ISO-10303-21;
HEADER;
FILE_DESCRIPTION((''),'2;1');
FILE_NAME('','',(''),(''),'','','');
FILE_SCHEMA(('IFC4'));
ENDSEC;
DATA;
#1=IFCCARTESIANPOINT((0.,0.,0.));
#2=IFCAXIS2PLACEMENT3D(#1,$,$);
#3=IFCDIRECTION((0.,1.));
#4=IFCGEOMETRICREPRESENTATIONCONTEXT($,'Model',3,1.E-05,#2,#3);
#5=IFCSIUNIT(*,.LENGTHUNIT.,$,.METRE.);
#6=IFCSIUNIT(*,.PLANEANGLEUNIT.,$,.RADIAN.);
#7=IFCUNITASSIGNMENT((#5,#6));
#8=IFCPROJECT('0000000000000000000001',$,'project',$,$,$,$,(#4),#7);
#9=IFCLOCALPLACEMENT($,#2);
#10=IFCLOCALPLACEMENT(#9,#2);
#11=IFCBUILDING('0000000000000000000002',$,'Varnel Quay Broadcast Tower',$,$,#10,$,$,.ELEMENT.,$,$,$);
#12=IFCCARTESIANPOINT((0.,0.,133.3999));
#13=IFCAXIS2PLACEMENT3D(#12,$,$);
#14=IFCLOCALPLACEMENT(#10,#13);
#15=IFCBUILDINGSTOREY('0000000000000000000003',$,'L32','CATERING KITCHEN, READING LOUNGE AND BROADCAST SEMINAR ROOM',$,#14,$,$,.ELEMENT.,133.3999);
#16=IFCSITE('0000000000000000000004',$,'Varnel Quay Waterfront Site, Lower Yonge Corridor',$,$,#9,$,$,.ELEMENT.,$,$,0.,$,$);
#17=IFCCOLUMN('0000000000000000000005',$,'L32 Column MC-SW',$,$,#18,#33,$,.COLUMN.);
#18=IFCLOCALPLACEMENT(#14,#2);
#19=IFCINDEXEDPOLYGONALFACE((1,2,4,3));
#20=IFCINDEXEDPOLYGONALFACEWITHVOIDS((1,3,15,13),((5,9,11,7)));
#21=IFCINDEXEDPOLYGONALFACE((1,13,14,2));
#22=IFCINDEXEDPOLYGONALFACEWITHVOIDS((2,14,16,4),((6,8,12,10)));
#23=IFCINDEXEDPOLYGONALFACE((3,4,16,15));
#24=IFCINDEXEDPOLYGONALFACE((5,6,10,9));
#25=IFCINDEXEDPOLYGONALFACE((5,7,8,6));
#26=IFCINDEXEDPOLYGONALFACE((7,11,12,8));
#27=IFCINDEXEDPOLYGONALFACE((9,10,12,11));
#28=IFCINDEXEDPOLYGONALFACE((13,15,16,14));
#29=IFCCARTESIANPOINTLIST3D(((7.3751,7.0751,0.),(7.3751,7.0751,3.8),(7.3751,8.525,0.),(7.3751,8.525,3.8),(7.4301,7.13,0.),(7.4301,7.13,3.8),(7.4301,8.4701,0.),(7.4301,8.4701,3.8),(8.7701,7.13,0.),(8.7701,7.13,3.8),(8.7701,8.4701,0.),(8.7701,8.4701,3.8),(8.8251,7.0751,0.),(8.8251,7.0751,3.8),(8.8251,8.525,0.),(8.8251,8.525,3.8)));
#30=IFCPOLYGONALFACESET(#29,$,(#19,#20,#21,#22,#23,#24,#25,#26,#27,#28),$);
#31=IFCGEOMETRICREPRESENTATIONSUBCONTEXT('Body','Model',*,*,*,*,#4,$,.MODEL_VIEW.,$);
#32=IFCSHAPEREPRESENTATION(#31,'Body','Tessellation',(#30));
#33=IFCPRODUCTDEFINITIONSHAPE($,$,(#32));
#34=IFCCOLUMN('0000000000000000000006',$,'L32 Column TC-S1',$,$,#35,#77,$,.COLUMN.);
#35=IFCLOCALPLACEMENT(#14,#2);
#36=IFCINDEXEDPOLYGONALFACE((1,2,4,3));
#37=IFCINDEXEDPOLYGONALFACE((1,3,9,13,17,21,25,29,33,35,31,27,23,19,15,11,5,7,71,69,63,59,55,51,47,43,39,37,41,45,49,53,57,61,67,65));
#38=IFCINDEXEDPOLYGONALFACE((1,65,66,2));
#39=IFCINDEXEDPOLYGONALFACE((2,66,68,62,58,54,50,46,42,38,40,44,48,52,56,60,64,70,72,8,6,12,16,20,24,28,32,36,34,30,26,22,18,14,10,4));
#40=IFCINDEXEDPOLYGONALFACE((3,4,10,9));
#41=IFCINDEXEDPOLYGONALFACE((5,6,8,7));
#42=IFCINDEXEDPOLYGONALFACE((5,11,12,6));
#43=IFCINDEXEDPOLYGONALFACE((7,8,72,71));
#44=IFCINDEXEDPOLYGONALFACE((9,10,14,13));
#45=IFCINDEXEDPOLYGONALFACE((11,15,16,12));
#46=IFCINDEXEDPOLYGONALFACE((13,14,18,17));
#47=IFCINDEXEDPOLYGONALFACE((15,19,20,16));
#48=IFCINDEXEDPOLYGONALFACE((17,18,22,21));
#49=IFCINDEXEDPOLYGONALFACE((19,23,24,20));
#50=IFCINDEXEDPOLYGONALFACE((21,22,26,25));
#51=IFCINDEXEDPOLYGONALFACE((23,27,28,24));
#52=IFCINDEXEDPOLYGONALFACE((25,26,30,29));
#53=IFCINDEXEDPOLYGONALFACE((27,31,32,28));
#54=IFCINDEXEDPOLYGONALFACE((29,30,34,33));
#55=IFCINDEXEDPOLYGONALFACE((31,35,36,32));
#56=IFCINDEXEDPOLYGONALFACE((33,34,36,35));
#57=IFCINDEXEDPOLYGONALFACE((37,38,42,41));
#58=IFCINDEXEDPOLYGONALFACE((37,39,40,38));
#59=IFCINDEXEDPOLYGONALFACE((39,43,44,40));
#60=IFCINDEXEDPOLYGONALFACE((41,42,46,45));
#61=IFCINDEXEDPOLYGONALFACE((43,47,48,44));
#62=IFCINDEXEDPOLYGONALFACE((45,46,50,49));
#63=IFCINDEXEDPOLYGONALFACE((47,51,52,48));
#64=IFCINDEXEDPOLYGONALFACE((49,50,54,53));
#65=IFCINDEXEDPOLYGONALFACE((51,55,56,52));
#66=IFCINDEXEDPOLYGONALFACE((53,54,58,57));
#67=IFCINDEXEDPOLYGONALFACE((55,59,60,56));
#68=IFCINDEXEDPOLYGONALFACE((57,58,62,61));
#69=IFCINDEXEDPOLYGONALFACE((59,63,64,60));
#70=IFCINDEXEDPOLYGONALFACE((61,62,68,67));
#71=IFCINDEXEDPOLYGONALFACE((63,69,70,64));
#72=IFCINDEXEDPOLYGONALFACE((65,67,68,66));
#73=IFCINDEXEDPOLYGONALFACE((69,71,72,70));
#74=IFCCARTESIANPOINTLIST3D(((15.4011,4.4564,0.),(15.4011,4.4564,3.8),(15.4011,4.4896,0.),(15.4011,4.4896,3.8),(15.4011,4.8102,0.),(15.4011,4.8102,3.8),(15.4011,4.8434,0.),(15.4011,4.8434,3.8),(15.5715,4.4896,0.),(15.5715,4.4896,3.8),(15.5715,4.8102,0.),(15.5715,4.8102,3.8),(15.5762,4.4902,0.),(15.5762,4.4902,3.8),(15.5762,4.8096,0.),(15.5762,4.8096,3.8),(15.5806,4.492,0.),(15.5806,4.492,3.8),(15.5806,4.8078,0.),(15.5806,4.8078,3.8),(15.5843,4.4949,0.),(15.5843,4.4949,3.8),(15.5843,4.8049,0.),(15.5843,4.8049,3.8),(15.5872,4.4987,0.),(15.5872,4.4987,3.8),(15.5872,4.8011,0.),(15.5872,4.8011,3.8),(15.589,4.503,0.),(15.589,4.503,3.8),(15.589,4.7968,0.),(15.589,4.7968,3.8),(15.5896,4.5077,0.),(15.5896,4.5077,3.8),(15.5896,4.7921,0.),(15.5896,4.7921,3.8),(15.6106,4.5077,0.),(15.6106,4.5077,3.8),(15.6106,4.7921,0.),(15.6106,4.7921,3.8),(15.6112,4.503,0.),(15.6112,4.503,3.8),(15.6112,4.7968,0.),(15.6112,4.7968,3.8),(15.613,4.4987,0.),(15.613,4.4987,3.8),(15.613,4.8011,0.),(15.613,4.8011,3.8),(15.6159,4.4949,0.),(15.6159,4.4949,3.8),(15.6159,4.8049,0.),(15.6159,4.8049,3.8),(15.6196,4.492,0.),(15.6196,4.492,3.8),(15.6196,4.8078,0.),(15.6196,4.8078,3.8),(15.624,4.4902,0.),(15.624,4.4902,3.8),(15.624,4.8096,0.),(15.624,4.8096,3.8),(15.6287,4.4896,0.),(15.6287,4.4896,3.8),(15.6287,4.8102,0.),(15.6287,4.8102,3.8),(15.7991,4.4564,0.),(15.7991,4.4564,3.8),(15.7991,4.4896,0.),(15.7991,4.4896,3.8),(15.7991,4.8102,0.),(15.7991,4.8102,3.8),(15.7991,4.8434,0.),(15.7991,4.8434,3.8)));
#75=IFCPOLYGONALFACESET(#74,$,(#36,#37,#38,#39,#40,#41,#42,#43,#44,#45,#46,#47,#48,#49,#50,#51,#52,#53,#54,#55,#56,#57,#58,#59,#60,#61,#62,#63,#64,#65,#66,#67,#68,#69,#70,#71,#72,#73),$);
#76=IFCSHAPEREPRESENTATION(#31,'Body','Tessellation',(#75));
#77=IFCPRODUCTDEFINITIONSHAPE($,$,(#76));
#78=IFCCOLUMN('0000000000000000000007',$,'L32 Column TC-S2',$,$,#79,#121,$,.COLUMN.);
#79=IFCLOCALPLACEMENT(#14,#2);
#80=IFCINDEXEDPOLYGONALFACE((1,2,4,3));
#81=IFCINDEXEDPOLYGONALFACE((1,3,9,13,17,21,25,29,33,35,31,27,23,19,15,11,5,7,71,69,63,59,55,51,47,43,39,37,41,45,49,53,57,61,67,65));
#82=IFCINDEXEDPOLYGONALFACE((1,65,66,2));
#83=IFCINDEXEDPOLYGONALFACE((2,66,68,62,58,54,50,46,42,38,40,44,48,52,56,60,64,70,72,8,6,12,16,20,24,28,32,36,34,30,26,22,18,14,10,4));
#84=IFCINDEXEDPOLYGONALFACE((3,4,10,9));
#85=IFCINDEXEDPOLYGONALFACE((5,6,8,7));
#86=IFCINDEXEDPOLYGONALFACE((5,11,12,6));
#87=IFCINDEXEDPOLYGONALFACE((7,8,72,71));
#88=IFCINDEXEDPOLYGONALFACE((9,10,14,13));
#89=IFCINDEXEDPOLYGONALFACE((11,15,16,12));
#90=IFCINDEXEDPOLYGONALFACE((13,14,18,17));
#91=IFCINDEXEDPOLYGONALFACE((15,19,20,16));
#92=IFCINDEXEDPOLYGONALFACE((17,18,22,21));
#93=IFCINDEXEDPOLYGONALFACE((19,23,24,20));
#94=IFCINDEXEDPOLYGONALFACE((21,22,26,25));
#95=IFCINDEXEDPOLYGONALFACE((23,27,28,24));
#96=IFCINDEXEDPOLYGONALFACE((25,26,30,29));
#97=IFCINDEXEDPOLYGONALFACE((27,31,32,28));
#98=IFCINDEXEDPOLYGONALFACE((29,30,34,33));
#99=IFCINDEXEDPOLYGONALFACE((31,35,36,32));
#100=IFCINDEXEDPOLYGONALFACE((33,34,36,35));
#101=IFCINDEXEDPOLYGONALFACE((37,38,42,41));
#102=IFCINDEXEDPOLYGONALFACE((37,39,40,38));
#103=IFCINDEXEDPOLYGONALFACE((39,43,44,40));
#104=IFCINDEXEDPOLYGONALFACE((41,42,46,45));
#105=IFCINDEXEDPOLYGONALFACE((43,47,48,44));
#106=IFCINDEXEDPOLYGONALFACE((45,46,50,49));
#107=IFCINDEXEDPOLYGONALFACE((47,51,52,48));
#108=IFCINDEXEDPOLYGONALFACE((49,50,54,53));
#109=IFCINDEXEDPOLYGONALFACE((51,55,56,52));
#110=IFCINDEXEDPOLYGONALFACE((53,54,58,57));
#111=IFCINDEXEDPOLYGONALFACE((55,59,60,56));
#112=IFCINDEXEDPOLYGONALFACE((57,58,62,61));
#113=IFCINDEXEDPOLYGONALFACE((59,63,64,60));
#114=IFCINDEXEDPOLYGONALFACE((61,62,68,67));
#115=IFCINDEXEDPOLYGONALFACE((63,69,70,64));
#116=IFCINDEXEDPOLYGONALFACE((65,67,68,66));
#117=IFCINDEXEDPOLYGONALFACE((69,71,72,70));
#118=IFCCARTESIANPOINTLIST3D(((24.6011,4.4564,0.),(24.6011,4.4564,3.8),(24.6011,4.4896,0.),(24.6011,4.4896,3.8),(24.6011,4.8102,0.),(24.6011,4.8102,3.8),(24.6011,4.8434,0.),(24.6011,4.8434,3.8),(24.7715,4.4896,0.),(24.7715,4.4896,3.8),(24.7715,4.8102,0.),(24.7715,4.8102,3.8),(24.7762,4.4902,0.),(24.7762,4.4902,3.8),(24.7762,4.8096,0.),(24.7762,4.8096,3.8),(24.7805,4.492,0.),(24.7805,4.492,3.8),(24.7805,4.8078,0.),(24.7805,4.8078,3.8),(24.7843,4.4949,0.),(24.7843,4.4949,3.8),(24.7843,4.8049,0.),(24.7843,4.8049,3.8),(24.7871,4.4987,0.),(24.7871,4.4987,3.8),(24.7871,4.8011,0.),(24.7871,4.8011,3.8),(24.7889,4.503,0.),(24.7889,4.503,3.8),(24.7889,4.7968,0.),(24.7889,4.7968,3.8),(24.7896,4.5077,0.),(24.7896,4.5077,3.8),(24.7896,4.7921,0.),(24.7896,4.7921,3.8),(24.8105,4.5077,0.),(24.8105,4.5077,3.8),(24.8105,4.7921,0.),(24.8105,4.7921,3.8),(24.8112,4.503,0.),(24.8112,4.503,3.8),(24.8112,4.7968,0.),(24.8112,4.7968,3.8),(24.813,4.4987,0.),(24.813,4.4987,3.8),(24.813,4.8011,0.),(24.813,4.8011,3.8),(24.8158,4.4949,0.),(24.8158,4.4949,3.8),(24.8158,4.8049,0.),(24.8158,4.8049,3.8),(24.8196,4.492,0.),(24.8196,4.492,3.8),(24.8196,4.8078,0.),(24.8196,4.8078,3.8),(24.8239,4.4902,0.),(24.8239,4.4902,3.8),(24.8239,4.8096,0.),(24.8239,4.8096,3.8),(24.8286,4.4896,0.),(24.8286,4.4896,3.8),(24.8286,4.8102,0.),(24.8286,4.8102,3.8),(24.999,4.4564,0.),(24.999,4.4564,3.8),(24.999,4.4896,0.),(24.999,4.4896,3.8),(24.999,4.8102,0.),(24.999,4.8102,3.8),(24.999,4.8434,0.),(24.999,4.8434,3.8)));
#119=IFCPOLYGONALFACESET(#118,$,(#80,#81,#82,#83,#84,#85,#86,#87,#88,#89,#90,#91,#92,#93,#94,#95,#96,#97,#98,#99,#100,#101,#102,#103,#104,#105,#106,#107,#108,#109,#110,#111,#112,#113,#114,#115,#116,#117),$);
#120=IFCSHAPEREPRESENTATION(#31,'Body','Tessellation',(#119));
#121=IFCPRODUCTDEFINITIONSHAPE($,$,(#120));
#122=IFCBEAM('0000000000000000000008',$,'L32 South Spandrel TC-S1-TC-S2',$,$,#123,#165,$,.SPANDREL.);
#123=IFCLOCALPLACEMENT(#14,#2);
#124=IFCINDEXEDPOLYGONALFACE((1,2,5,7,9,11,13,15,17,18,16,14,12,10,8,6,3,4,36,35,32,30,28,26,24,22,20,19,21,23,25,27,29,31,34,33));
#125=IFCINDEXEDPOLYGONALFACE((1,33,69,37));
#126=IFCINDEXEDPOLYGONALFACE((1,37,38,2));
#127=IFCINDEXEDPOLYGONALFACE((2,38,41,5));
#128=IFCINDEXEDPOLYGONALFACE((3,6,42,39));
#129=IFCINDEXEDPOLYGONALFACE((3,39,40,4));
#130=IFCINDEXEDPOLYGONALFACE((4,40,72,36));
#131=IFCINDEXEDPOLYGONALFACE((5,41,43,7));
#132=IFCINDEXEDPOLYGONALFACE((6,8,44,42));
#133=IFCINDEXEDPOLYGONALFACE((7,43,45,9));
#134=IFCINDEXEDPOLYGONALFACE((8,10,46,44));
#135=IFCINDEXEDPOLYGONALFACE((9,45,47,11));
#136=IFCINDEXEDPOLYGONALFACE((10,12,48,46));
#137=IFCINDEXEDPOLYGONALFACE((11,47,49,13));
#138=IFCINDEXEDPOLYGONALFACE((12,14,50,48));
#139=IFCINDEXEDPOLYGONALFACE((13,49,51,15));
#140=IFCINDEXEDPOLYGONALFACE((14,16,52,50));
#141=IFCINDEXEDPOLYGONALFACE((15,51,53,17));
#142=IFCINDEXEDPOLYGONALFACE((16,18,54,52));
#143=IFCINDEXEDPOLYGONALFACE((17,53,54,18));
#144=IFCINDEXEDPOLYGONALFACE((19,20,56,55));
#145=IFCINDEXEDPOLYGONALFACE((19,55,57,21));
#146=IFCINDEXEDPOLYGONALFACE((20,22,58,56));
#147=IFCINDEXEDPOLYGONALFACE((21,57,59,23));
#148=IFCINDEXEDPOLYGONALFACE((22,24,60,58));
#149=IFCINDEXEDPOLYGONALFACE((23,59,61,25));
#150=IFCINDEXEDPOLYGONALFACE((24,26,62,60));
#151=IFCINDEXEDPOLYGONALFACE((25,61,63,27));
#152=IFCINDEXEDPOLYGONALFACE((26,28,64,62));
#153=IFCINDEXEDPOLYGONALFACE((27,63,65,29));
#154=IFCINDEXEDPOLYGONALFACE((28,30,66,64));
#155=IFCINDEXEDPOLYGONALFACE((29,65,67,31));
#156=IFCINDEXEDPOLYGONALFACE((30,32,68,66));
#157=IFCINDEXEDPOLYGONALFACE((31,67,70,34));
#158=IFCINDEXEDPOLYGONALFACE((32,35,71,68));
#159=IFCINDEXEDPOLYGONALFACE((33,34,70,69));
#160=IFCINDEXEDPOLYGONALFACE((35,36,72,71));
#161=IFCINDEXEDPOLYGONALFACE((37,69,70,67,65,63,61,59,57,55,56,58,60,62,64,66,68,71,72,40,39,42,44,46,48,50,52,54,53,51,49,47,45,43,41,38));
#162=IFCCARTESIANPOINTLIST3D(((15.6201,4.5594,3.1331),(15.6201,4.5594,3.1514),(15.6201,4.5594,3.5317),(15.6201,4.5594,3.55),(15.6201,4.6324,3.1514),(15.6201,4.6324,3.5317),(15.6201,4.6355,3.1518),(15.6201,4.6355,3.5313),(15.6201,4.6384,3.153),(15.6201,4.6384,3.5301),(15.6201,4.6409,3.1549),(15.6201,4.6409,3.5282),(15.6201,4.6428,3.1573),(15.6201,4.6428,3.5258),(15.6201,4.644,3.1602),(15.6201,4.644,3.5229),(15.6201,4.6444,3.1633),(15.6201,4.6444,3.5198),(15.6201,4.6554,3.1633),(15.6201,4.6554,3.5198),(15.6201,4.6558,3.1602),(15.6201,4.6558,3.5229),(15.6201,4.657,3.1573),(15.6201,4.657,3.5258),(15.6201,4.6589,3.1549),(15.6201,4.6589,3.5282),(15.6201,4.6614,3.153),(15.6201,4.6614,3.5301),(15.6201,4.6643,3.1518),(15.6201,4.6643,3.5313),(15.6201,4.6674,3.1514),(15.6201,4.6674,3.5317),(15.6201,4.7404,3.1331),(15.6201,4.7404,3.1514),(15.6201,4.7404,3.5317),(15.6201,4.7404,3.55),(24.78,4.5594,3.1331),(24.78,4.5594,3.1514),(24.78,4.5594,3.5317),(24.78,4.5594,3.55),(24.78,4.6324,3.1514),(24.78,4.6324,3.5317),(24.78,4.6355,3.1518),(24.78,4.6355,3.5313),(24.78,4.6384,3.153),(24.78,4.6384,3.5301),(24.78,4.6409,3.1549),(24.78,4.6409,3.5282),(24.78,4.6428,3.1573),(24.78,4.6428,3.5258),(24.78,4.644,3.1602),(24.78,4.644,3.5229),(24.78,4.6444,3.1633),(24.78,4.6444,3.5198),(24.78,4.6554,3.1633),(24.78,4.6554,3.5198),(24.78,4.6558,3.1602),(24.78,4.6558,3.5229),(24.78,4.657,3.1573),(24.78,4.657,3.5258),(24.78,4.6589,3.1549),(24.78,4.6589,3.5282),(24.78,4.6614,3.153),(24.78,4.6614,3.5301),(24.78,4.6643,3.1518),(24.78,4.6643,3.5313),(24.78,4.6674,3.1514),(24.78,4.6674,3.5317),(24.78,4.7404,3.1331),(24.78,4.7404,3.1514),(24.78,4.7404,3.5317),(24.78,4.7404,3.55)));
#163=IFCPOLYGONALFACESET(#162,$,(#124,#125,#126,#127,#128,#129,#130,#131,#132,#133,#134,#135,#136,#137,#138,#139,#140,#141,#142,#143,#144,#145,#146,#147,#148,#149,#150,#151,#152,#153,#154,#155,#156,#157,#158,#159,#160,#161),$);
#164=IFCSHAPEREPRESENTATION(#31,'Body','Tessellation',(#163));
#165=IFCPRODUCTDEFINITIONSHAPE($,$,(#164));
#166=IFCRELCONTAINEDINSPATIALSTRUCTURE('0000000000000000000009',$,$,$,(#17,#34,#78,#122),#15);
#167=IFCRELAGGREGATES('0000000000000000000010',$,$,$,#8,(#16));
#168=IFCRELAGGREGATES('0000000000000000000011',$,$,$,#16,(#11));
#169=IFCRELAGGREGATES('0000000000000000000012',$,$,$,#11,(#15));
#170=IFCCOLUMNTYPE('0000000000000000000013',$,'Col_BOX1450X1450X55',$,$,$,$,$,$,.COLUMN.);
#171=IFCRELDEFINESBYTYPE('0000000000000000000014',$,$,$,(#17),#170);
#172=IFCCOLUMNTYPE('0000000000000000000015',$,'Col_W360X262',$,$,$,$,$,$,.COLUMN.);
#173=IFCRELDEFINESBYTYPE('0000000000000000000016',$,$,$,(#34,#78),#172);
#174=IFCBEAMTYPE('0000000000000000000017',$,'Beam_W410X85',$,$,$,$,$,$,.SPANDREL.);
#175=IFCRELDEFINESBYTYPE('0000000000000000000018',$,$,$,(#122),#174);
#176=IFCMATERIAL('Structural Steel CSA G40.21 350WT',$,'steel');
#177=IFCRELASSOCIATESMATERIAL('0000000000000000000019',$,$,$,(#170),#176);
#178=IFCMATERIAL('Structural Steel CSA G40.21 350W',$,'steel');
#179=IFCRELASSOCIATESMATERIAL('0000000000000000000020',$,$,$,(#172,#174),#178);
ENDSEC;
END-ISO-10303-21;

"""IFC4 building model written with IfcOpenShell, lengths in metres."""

from ifc_helpers import new_model, si_unit, direction, frame, origin, origin_2d, place, context, subcontext, project, spatial, hollow_rectangle, i_section, extrude, source, transform, mapped, material, material_profile, profile_set, type_object, type_shapes, element, save


model = new_model("IFC4")

# Units and contexts
model_context = context("Model", 3, precision=1e-05, world=origin(), true_north=direction((0.0, 1.0)))
body_context = subcontext(model_context, "Body", "Model", "MODEL_VIEW")
ifc_project = project(units=[si_unit("LENGTHUNIT", "METRE"), si_unit("PLANEANGLEUNIT", "RADIAN")], contexts=[model_context])

# Site, building, storey
site_placement = place(None, origin())
site = spatial("IfcSite", under=ifc_project, at=site_placement, Name="Varnel Quay Waterfront Site, Lower Yonge Corridor", CompositionType="ELEMENT", RefElevation=0.0)
building_placement = place(site_placement, origin())
building = spatial("IfcBuilding", under=site, at=building_placement, Name="Varnel Quay Broadcast Tower", CompositionType="ELEMENT")
storey_placement = place(building_placement, frame((0.0, 0.0, 133.3999)))
storey = spatial("IfcBuildingStorey", under=building, at=storey_placement, Name="L32", Description="CATERING KITCHEN, READING LOUNGE AND BROADCAST SEMINAR ROOM", CompositionType="ELEMENT", Elevation=133.3999)

# Columns
ifc_material_1 = material(Name="Structural Steel CSA G40.21 350WT", Category="steel")
ifc_material_profile_1 = material_profile(ifc_material_1, hollow_rectangle(XDim=1.45, YDim=1.45, WallThickness=0.0549, at=origin_2d()), Name="BOX1450X1450X55")
ifc_profile_set_1 = profile_set([ifc_material_profile_1], Name="Structural Steel CSA G40.21 350WT")
column_type_1 = type_object("IfcColumnType", Name="Col_BOX1450X1450X55", PredefinedType="COLUMN", material=ifc_profile_set_1)
shared_shape_1 = source(origin(), body_context, "Body", "SweptSolid", [
    extrude(hollow_rectangle(XDim=1.45, YDim=1.45, WallThickness=0.0549, at=origin_2d()), origin(), (0.0, 0.0, 1.0), 3.8),
])
type_shapes(column_type_1, [shared_shape_1])
column_placement = place(storey_placement, frame((8.1001, 7.8, 0.0), z_axis=(0.0, 0.0, 1.0), x_axis=(1.0, 0.0, 0.0)))
element("IfcColumn", 1, at=column_placement, inside=storey, type_object=column_type_1, Name="L32 Column MC-SW", PredefinedType="COLUMN", context=body_context, shape_type="MappedRepresentation", body=[
    mapped(shared_shape_1, transform((0.0, 0.0, 0.0), x_axis=(1.0, 0.0, 0.0), y_axis=(0.0, 1.0, 0.0), z_axis=(0.0, 0.0, 1.0), scale=1.0)),
])
ifc_material_2 = material(Name="Structural Steel CSA G40.21 350W", Category="steel")
ifc_material_profile_2 = material_profile(ifc_material_2, i_section(OverallWidth=0.3979, OverallDepth=0.387, WebThickness=0.021, FlangeThickness=0.0332, FilletRadius=0.0181, at=origin_2d()), Name="W360X262")
ifc_profile_set_2 = profile_set([ifc_material_profile_2], Name="Structural Steel CSA G40.21 350W")
column_type_2 = type_object("IfcColumnType", Name="Col_W360X262", PredefinedType="COLUMN", material=ifc_profile_set_2)
shared_shape_2 = source(origin(), body_context, "Body", "SweptSolid", [
    extrude(i_section(OverallWidth=0.3979, OverallDepth=0.387, WebThickness=0.021, FlangeThickness=0.0332, FilletRadius=0.0181, at=origin_2d()), origin(), (0.0, 0.0, 1.0), 3.8),
])
type_shapes(column_type_2, [shared_shape_2])
for number, where, z_axis, x_axis, name in (
    (2, (15.6001, 4.6499, 0.0), (0.0, 0.0, 1.0), (1.0, 0.0, 0.0), "L32 Column TC-S1"),
    (3, (24.8, 4.6499, 0.0), (0.0, 0.0, 1.0), (1.0, 0.0, 0.0), "L32 Column TC-S2"),
):
    element("IfcColumn", number, at=place(storey_placement, frame(where, z_axis=z_axis, x_axis=x_axis)), inside=storey, type_object=column_type_2, Name=name, PredefinedType="COLUMN", context=body_context, shape_type="MappedRepresentation", body=[
        mapped(shared_shape_2, transform((0.0, 0.0, 0.0), x_axis=(1.0, 0.0, 0.0), y_axis=(0.0, 1.0, 0.0), z_axis=(0.0, 0.0, 1.0), scale=1.0)),
    ])

# Beam
ifc_material_profile_3 = material_profile(ifc_material_2, i_section(OverallWidth=0.1809, OverallDepth=0.417, WebThickness=0.011, FlangeThickness=0.0183, FilletRadius=0.012, at=origin_2d()), Name="W410X85")
ifc_profile_set_3 = profile_set([ifc_material_profile_3], Name="Structural Steel CSA G40.21 350W")
beam_type_1 = type_object("IfcBeamType", Name="Beam_W410X85", PredefinedType="SPANDREL", material=ifc_profile_set_3)
shared_shape_3 = source(origin(), body_context, "Body", "SweptSolid", [
    extrude(i_section(OverallWidth=0.1809, OverallDepth=0.417, WebThickness=0.011, FlangeThickness=0.0183, FilletRadius=0.012, at=origin_2d()), origin(), (0.0, 0.0, 1.0), 9.1599),
])
for number, where, z_axis, x_axis, name in (
    (4, (15.6201, 4.6499, 3.3416), (1.0, 0.0, 0.0), (0.0, 1.0, 0.0), "L32 South Spandrel TC-S1-TC-S2"),
):
    element("IfcBeam", number, at=place(storey_placement, frame(where, z_axis=z_axis, x_axis=x_axis)), inside=storey, type_object=beam_type_1, Name=name, PredefinedType="SPANDREL", context=body_context, shape_type="MappedRepresentation", body=[
        mapped(shared_shape_3, transform((0.0, 0.0, 0.0), x_axis=(1.0, 0.0, 0.0), y_axis=(0.0, 1.0, 0.0), z_axis=(0.0, 0.0, 1.0), scale=1.0)),
    ])

save(model, "model.ifc")
